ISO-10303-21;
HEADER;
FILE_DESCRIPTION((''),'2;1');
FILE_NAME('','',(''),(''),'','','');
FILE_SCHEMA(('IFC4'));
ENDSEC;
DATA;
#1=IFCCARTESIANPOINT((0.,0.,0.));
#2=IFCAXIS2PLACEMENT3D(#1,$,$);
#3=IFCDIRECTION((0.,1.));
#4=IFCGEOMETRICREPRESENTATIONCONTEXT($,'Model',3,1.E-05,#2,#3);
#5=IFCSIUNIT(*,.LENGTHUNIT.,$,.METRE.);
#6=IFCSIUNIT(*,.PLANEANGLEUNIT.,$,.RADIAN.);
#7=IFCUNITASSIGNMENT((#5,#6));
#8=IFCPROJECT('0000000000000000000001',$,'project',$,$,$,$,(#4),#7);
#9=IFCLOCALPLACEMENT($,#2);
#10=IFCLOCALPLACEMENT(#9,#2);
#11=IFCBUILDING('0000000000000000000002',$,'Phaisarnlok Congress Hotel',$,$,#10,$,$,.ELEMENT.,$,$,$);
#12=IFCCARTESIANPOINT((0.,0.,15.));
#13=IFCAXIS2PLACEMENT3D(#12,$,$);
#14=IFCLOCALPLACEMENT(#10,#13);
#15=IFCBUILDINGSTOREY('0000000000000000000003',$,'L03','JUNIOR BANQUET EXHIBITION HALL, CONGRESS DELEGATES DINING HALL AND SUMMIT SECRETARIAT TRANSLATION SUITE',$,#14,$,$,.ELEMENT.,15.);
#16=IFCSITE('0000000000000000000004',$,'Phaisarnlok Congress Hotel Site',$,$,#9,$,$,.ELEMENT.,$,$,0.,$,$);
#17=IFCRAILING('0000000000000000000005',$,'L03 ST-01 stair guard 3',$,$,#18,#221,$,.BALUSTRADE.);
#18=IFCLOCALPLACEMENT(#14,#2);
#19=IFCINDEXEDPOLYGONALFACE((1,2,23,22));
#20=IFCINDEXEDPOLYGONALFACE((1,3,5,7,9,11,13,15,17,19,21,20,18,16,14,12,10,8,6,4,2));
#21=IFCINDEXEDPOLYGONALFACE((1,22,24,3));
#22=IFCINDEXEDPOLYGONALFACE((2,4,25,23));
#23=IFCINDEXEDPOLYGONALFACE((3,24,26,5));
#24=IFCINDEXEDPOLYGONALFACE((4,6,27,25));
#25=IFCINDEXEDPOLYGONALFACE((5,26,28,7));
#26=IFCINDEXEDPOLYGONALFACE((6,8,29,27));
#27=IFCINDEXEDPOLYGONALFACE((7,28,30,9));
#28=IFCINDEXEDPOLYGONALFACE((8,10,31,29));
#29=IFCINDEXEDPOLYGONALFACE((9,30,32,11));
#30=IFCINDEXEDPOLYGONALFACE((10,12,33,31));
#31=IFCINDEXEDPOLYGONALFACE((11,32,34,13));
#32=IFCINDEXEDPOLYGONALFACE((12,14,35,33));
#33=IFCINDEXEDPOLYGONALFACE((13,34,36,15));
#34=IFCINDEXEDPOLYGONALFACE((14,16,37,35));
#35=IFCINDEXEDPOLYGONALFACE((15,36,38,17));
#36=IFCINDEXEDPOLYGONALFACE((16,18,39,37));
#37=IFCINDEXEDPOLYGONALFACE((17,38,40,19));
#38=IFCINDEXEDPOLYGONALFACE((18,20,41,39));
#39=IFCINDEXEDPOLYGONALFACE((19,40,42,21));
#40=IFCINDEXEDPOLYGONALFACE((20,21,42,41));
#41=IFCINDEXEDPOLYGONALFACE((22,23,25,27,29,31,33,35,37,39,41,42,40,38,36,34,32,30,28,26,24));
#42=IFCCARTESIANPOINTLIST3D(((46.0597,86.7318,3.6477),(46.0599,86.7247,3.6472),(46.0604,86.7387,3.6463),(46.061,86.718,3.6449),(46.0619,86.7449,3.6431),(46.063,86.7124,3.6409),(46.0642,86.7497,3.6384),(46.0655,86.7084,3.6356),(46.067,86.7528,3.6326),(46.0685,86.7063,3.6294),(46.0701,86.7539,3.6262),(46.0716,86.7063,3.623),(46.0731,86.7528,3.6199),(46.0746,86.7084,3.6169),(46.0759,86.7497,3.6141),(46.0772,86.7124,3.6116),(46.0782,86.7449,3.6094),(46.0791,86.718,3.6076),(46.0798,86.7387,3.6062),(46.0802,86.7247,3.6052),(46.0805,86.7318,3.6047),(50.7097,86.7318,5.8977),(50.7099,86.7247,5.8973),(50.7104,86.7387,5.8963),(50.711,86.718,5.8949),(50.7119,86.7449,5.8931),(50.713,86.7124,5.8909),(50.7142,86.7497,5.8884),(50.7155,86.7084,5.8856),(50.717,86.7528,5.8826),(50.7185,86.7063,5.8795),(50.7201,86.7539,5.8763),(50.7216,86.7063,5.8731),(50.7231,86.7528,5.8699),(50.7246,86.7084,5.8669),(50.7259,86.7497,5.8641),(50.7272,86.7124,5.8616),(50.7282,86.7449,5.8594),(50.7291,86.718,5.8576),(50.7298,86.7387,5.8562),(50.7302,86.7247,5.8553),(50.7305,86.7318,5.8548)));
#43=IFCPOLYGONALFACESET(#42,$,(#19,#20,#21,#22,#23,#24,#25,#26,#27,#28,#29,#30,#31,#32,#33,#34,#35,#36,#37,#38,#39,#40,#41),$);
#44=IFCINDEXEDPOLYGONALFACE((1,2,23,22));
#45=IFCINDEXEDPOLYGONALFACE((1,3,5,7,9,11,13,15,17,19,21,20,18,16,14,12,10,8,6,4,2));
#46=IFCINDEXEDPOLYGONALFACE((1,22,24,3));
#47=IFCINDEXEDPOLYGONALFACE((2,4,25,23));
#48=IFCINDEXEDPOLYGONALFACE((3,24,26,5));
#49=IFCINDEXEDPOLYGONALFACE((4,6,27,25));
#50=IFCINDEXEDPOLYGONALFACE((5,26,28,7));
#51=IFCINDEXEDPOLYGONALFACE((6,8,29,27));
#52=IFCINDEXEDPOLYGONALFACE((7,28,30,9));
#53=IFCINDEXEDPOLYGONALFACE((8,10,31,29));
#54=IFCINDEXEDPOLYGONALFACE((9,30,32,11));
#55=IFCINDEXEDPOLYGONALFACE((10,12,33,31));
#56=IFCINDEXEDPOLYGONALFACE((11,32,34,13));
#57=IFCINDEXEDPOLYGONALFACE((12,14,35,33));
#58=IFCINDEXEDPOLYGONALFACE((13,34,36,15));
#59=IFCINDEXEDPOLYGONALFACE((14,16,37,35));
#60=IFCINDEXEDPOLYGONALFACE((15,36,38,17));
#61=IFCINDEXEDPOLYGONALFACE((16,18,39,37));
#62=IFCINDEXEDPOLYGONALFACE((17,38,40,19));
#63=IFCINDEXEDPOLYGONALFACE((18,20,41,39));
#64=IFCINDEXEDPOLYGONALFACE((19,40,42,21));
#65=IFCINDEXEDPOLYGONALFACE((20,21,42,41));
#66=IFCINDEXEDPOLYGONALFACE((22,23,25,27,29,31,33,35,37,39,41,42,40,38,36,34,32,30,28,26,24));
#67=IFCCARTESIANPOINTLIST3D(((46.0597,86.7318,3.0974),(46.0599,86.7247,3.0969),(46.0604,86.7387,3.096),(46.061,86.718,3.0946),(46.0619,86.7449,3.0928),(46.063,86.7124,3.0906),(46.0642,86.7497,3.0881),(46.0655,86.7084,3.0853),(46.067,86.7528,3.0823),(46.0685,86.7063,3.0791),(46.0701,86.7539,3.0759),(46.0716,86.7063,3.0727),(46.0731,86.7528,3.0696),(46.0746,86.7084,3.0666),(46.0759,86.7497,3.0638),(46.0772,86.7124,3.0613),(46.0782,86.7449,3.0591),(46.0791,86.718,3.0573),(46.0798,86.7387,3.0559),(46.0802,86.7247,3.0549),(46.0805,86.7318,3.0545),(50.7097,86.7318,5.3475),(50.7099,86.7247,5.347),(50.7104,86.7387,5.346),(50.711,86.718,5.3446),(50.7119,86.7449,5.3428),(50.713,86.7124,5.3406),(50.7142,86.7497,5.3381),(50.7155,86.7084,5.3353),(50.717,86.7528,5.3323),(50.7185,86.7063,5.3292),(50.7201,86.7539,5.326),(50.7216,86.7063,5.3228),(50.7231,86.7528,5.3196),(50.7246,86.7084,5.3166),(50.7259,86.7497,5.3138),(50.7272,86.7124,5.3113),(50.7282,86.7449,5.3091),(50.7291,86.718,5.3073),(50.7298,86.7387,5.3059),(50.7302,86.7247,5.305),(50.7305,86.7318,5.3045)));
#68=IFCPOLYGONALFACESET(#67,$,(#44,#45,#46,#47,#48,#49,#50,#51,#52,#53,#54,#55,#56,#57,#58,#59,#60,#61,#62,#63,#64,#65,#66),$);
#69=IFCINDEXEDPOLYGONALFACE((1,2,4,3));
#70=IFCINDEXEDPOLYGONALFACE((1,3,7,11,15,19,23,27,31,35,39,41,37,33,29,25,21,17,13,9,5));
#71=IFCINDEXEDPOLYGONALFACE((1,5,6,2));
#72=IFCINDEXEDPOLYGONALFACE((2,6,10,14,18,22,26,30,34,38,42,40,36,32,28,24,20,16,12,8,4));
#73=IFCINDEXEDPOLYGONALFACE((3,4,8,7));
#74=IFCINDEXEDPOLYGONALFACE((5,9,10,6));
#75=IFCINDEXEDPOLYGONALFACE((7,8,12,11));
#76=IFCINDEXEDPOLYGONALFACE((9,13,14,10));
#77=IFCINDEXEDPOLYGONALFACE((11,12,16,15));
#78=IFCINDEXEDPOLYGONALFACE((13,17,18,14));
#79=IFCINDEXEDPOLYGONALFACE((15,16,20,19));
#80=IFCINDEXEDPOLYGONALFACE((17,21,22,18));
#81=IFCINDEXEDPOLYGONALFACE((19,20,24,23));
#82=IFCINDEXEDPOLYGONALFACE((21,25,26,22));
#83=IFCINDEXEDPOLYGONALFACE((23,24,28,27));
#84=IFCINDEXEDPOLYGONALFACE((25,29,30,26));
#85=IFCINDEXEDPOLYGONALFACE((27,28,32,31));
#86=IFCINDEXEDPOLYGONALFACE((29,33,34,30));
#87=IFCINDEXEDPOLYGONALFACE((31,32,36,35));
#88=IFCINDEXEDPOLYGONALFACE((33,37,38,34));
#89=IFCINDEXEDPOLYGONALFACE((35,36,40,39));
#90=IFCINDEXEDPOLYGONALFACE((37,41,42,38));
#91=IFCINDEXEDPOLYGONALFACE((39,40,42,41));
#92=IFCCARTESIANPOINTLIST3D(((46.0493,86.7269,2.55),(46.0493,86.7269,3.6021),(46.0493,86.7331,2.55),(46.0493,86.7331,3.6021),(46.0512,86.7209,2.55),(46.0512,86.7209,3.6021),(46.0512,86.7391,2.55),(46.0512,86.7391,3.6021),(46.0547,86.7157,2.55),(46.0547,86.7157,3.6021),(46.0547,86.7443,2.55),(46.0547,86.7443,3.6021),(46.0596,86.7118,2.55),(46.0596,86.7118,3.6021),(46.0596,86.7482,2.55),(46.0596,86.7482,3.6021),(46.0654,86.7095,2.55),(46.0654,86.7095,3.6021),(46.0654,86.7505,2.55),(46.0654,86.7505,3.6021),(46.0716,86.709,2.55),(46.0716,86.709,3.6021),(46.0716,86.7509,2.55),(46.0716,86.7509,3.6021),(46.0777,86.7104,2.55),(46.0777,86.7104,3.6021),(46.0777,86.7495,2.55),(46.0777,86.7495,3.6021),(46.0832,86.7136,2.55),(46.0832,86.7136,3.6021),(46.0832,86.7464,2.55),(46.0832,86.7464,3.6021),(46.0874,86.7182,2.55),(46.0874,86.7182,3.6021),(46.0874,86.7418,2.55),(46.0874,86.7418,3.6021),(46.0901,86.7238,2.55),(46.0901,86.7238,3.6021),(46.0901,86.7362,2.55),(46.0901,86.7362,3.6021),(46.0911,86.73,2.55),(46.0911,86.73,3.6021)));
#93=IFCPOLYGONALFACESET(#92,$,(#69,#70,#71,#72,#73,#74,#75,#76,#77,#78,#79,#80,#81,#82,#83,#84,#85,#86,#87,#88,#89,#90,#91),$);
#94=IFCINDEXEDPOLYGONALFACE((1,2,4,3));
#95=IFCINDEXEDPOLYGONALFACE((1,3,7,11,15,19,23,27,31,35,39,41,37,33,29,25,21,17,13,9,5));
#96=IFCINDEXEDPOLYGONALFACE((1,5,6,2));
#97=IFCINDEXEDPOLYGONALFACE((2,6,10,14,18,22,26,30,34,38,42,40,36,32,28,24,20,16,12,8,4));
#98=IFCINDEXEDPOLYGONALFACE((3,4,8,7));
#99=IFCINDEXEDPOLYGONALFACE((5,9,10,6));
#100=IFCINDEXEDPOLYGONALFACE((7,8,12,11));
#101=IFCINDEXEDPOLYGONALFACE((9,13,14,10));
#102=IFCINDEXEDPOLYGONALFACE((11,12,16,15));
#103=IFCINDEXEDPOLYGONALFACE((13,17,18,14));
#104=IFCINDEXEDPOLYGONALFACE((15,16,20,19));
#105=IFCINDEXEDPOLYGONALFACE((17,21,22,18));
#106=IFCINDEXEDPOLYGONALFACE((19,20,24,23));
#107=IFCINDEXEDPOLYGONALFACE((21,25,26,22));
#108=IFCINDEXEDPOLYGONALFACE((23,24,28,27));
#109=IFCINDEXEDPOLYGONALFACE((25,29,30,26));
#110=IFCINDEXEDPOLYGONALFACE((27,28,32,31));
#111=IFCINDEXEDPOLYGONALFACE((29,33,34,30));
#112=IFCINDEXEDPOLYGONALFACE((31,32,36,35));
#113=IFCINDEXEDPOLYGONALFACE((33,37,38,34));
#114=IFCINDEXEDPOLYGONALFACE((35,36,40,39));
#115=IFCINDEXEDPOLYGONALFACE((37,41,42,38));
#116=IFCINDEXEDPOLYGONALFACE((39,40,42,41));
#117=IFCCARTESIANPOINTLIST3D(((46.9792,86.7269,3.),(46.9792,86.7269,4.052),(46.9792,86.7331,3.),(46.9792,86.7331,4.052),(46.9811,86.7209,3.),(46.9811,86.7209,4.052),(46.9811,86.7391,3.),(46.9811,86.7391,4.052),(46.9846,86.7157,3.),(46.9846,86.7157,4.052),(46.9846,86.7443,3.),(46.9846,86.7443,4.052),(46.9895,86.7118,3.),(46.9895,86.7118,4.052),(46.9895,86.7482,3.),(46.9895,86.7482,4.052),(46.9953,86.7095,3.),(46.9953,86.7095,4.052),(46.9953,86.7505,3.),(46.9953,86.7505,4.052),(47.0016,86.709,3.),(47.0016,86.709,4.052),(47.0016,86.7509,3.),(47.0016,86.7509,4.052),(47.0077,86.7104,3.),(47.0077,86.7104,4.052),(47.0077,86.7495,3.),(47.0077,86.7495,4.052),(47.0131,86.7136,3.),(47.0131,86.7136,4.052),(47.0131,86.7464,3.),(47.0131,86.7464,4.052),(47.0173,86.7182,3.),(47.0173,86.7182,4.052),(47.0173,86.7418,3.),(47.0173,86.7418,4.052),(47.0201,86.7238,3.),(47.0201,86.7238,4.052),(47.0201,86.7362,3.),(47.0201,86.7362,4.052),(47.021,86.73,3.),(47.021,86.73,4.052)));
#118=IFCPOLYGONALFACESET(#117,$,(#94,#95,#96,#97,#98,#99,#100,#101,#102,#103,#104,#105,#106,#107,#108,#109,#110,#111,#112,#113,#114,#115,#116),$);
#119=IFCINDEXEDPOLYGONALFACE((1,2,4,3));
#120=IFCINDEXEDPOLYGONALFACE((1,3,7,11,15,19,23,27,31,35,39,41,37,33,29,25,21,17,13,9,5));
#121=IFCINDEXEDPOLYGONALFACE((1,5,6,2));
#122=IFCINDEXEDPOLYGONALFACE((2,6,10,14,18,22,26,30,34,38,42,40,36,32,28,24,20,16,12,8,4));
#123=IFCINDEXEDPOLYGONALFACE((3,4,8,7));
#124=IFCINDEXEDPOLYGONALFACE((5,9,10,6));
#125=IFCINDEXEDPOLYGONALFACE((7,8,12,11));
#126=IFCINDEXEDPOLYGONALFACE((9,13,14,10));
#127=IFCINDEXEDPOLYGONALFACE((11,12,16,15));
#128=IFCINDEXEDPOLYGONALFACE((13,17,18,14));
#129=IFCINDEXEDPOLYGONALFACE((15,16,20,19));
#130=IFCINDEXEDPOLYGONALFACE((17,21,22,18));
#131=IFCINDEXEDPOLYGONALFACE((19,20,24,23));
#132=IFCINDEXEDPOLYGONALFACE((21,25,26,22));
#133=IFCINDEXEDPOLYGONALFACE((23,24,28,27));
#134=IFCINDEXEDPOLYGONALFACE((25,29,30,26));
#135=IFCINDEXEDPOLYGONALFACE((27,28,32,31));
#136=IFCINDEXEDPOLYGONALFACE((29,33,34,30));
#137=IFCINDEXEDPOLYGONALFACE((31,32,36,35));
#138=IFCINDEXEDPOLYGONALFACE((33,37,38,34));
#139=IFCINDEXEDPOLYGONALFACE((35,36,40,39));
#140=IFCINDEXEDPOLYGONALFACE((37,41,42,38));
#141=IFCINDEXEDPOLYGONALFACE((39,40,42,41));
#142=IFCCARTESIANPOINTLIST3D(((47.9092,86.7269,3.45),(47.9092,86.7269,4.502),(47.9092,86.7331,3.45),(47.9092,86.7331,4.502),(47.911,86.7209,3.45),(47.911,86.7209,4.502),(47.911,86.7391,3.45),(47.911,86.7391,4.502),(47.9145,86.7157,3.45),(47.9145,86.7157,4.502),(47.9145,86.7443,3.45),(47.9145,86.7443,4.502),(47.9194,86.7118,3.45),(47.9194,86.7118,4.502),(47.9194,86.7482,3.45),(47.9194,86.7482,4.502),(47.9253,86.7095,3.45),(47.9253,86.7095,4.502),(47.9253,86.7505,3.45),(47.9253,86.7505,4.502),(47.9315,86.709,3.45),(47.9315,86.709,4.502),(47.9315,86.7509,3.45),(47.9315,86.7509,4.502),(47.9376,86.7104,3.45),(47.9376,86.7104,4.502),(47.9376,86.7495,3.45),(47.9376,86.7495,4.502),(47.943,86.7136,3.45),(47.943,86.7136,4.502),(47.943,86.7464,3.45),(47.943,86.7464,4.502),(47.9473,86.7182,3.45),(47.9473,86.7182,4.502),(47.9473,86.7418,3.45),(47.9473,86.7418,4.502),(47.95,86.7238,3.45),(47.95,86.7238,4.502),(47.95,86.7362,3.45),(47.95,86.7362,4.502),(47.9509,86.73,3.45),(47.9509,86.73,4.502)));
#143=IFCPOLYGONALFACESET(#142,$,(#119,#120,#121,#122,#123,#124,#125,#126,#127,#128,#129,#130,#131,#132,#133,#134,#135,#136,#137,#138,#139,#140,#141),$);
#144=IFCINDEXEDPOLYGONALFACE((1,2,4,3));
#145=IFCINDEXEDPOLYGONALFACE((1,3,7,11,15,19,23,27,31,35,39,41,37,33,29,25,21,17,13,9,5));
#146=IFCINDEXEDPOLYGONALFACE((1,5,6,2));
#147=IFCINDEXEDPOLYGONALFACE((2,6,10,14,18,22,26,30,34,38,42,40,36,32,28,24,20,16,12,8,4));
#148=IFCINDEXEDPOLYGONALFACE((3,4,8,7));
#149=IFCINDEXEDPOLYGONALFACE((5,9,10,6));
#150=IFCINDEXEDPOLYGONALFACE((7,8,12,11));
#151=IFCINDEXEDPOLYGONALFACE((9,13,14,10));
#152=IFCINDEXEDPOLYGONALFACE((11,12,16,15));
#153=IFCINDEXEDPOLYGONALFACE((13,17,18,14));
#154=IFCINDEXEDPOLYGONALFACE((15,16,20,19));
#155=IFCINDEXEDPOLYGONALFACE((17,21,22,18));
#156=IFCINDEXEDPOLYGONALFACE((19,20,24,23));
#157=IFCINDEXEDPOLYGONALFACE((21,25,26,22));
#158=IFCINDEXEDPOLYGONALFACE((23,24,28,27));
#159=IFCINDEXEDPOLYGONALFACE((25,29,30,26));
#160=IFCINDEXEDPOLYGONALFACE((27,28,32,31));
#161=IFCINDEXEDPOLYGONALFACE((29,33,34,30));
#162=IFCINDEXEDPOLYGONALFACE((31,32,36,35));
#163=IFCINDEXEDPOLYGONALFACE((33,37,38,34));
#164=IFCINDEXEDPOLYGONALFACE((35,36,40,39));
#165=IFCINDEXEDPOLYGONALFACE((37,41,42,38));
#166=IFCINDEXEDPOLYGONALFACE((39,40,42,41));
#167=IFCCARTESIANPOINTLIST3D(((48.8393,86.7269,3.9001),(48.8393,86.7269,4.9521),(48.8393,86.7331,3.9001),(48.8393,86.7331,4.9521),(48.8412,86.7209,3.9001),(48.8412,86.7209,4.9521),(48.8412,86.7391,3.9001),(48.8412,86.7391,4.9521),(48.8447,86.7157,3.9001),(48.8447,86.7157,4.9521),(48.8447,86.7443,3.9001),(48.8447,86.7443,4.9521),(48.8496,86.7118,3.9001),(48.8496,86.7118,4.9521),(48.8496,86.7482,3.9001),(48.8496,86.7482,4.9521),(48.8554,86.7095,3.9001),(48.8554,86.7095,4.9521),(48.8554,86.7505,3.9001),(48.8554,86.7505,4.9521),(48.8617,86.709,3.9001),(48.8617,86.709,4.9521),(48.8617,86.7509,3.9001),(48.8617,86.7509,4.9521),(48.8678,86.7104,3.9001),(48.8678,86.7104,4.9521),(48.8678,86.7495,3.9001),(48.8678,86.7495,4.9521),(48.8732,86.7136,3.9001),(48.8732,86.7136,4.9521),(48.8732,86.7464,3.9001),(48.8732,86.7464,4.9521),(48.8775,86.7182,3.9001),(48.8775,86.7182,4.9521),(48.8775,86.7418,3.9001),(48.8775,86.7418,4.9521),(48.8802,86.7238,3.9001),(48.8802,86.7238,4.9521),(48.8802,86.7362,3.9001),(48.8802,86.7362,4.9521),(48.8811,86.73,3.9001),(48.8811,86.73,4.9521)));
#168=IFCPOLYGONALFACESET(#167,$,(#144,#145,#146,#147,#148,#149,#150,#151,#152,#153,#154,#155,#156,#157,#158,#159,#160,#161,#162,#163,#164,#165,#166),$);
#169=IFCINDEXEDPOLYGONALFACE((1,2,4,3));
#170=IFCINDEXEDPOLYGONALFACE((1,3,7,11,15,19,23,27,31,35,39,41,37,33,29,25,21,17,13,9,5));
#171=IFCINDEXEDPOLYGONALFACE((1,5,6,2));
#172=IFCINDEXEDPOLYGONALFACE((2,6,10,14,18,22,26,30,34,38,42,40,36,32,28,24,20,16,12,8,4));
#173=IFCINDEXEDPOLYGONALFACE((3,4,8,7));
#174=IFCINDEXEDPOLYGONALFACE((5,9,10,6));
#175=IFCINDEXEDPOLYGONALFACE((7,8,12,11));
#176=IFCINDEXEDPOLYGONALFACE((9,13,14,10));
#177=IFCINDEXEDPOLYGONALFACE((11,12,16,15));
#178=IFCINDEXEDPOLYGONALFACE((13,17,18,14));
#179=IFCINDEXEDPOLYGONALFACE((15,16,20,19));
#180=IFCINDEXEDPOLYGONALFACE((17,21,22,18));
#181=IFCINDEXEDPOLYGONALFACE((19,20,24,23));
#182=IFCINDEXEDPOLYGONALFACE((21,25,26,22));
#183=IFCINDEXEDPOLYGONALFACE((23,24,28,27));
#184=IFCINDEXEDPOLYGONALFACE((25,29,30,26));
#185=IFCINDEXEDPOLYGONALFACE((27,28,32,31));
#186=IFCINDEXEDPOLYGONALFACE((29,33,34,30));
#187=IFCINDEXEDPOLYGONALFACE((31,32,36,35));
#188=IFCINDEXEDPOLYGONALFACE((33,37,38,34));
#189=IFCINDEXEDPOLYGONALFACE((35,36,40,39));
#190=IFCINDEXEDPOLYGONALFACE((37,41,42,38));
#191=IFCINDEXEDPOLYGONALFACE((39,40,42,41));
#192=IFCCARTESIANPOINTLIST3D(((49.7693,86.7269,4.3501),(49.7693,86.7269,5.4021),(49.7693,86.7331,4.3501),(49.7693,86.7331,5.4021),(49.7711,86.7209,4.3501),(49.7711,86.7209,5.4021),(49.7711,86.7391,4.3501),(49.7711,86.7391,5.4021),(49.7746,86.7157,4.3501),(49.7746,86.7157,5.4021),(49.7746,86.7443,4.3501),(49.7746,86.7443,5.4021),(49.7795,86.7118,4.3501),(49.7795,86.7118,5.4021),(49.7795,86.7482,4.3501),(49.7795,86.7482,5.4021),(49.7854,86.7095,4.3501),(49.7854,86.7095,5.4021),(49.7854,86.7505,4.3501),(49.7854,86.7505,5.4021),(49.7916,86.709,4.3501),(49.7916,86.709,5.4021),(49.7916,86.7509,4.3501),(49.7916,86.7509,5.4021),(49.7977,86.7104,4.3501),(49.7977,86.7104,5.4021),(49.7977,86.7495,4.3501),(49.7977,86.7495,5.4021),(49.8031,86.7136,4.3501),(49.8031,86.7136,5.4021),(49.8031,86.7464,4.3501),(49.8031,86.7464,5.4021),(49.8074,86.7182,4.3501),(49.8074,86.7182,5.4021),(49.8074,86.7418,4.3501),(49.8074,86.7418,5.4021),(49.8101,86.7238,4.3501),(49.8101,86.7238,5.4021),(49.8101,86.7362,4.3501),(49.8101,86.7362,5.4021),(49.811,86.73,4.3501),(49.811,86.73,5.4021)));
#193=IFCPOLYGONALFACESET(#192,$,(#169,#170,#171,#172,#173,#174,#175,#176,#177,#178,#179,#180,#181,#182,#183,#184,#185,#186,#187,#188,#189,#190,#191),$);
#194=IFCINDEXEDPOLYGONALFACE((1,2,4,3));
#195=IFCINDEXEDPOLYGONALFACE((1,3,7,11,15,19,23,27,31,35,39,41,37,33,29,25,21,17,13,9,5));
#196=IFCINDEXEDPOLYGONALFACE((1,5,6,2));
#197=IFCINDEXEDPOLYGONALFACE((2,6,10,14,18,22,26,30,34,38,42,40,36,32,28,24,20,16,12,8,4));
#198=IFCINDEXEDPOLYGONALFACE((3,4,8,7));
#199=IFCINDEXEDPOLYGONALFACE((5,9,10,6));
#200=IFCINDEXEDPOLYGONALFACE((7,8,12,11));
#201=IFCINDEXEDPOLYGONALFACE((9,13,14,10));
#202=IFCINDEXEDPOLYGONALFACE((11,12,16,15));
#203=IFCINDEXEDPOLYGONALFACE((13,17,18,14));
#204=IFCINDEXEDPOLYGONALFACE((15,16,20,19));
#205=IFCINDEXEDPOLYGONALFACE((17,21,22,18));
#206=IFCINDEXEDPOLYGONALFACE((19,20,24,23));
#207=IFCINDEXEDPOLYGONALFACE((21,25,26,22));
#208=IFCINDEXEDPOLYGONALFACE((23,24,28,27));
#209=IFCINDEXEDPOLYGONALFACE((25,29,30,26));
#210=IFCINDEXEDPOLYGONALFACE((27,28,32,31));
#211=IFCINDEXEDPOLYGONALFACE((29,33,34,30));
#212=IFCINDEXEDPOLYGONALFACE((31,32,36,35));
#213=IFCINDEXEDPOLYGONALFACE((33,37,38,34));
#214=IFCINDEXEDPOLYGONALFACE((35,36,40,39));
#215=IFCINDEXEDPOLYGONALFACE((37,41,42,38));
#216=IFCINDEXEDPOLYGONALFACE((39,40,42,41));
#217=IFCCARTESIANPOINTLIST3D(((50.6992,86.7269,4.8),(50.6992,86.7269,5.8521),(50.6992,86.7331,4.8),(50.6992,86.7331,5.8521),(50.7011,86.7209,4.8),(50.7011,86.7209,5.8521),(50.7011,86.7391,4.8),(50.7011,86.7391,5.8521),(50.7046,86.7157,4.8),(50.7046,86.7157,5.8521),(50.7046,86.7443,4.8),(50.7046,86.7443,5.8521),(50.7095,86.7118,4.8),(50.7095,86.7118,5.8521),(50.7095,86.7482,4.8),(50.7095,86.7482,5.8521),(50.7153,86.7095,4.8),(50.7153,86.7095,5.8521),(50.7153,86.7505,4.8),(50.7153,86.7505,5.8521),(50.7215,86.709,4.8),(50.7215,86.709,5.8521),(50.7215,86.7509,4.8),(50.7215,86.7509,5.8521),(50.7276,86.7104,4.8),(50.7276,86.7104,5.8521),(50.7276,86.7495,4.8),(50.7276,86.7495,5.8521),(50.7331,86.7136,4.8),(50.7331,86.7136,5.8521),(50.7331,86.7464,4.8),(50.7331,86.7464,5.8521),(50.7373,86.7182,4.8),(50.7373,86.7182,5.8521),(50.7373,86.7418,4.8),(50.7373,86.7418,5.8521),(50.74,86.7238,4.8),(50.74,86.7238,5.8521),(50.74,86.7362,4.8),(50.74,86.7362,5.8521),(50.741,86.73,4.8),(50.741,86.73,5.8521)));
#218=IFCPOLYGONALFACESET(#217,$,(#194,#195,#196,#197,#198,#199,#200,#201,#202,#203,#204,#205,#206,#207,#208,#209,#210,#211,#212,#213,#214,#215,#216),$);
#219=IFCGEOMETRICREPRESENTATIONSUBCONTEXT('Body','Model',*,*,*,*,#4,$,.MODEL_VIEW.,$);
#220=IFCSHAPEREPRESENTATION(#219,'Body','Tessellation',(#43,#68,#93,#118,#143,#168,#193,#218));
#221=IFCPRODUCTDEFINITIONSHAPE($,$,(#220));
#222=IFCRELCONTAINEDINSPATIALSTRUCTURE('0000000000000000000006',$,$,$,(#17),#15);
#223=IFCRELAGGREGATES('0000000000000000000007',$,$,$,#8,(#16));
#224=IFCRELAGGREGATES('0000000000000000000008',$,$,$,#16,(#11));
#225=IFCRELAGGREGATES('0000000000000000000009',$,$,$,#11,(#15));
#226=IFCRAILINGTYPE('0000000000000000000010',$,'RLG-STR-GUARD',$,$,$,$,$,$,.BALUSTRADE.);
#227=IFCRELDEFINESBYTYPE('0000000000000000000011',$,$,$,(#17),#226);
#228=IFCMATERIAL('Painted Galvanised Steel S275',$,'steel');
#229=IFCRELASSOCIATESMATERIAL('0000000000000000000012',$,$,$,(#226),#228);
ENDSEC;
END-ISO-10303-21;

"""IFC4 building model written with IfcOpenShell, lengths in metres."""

from ifc_helpers import new_model, si_unit, direction, frame, origin, origin_2d, place, context, subcontext, project, spatial, circle, extrude, material, type_object, element, save


model = new_model("IFC4")

# Units and contexts
model_context = context("Model", 3, precision=1e-05, world=origin(), true_north=direction((0.0, 1.0)))
body_context = subcontext(model_context, "Body", "Model", "MODEL_VIEW")
ifc_project = project(units=[si_unit("LENGTHUNIT", "METRE"), si_unit("PLANEANGLEUNIT", "RADIAN")], contexts=[model_context])

# Site, building, storey
site_placement = place(None, origin())
site = spatial("IfcSite", under=ifc_project, at=site_placement, Name="Phaisarnlok Congress Hotel Site", CompositionType="ELEMENT", RefElevation=0.0)
building_placement = place(site_placement, origin())
building = spatial("IfcBuilding", under=site, at=building_placement, Name="Phaisarnlok Congress Hotel", CompositionType="ELEMENT")
storey_placement = place(building_placement, frame((0.0, 0.0, 15.0)))
storey = spatial("IfcBuildingStorey", under=building, at=storey_placement, Name="L03", Description="JUNIOR BANQUET EXHIBITION HALL, CONGRESS DELEGATES DINING HALL AND SUMMIT SECRETARIAT TRANSLATION SUITE", CompositionType="ELEMENT", Elevation=15.0)

# Railing
ifc_material_1 = material(Name="Painted Galvanised Steel S275", Category="steel")
railing_type_1 = type_object("IfcRailingType", Name="RLG-STR-GUARD", PredefinedType="BALUSTRADE", material=ifc_material_1)
railing_1_placement = place(storey_placement, frame((46.0701, 86.73, 2.55)))
element("IfcRailing", 1, at=railing_1_placement, inside=storey, type_object=railing_type_1, Name="L03 ST-01 stair guard 3", PredefinedType="BALUSTRADE", context=body_context, shape_type="SweptSolid", body=[
    extrude(circle(Radius=0.0239, at=origin_2d()), frame((0.0, 0.0, 1.0762), z_axis=(0.900156, 0.0, 0.435568), x_axis=(0.0, 1.0, 0.0)), (0.0, 0.0, 1.0), 5.1658),
    extrude(circle(Radius=0.0239, at=origin_2d()), frame((0.0, 0.0, 0.5259), z_axis=(0.900156, 0.0, 0.435568), x_axis=(0.0, 1.0, 0.0)), (0.0, 0.0, 1.0), 5.1658),
    extrude(circle(Radius=0.021, at=origin_2d()), origin(), (0.0, 0.0, 1.0), 1.052),
    extrude(circle(Radius=0.021, at=origin_2d()), frame((0.9299, 0.0, 0.45)), (0.0, 0.0, 1.0), 1.052),
    extrude(circle(Radius=0.021, at=origin_2d()), frame((1.8599, 0.0, 0.8999)), (0.0, 0.0, 1.0), 1.052),
    extrude(circle(Radius=0.021, at=origin_2d()), frame((2.79, 0.0, 1.3501)), (0.0, 0.0, 1.0), 1.052),
    extrude(circle(Radius=0.021, at=origin_2d()), frame((3.72, 0.0, 1.8)), (0.0, 0.0, 1.0), 1.052),
    extrude(circle(Radius=0.021, at=origin_2d()), frame((4.6499, 0.0, 2.25)), (0.0, 0.0, 1.0), 1.052),
])

save(model, "model.ifc")
